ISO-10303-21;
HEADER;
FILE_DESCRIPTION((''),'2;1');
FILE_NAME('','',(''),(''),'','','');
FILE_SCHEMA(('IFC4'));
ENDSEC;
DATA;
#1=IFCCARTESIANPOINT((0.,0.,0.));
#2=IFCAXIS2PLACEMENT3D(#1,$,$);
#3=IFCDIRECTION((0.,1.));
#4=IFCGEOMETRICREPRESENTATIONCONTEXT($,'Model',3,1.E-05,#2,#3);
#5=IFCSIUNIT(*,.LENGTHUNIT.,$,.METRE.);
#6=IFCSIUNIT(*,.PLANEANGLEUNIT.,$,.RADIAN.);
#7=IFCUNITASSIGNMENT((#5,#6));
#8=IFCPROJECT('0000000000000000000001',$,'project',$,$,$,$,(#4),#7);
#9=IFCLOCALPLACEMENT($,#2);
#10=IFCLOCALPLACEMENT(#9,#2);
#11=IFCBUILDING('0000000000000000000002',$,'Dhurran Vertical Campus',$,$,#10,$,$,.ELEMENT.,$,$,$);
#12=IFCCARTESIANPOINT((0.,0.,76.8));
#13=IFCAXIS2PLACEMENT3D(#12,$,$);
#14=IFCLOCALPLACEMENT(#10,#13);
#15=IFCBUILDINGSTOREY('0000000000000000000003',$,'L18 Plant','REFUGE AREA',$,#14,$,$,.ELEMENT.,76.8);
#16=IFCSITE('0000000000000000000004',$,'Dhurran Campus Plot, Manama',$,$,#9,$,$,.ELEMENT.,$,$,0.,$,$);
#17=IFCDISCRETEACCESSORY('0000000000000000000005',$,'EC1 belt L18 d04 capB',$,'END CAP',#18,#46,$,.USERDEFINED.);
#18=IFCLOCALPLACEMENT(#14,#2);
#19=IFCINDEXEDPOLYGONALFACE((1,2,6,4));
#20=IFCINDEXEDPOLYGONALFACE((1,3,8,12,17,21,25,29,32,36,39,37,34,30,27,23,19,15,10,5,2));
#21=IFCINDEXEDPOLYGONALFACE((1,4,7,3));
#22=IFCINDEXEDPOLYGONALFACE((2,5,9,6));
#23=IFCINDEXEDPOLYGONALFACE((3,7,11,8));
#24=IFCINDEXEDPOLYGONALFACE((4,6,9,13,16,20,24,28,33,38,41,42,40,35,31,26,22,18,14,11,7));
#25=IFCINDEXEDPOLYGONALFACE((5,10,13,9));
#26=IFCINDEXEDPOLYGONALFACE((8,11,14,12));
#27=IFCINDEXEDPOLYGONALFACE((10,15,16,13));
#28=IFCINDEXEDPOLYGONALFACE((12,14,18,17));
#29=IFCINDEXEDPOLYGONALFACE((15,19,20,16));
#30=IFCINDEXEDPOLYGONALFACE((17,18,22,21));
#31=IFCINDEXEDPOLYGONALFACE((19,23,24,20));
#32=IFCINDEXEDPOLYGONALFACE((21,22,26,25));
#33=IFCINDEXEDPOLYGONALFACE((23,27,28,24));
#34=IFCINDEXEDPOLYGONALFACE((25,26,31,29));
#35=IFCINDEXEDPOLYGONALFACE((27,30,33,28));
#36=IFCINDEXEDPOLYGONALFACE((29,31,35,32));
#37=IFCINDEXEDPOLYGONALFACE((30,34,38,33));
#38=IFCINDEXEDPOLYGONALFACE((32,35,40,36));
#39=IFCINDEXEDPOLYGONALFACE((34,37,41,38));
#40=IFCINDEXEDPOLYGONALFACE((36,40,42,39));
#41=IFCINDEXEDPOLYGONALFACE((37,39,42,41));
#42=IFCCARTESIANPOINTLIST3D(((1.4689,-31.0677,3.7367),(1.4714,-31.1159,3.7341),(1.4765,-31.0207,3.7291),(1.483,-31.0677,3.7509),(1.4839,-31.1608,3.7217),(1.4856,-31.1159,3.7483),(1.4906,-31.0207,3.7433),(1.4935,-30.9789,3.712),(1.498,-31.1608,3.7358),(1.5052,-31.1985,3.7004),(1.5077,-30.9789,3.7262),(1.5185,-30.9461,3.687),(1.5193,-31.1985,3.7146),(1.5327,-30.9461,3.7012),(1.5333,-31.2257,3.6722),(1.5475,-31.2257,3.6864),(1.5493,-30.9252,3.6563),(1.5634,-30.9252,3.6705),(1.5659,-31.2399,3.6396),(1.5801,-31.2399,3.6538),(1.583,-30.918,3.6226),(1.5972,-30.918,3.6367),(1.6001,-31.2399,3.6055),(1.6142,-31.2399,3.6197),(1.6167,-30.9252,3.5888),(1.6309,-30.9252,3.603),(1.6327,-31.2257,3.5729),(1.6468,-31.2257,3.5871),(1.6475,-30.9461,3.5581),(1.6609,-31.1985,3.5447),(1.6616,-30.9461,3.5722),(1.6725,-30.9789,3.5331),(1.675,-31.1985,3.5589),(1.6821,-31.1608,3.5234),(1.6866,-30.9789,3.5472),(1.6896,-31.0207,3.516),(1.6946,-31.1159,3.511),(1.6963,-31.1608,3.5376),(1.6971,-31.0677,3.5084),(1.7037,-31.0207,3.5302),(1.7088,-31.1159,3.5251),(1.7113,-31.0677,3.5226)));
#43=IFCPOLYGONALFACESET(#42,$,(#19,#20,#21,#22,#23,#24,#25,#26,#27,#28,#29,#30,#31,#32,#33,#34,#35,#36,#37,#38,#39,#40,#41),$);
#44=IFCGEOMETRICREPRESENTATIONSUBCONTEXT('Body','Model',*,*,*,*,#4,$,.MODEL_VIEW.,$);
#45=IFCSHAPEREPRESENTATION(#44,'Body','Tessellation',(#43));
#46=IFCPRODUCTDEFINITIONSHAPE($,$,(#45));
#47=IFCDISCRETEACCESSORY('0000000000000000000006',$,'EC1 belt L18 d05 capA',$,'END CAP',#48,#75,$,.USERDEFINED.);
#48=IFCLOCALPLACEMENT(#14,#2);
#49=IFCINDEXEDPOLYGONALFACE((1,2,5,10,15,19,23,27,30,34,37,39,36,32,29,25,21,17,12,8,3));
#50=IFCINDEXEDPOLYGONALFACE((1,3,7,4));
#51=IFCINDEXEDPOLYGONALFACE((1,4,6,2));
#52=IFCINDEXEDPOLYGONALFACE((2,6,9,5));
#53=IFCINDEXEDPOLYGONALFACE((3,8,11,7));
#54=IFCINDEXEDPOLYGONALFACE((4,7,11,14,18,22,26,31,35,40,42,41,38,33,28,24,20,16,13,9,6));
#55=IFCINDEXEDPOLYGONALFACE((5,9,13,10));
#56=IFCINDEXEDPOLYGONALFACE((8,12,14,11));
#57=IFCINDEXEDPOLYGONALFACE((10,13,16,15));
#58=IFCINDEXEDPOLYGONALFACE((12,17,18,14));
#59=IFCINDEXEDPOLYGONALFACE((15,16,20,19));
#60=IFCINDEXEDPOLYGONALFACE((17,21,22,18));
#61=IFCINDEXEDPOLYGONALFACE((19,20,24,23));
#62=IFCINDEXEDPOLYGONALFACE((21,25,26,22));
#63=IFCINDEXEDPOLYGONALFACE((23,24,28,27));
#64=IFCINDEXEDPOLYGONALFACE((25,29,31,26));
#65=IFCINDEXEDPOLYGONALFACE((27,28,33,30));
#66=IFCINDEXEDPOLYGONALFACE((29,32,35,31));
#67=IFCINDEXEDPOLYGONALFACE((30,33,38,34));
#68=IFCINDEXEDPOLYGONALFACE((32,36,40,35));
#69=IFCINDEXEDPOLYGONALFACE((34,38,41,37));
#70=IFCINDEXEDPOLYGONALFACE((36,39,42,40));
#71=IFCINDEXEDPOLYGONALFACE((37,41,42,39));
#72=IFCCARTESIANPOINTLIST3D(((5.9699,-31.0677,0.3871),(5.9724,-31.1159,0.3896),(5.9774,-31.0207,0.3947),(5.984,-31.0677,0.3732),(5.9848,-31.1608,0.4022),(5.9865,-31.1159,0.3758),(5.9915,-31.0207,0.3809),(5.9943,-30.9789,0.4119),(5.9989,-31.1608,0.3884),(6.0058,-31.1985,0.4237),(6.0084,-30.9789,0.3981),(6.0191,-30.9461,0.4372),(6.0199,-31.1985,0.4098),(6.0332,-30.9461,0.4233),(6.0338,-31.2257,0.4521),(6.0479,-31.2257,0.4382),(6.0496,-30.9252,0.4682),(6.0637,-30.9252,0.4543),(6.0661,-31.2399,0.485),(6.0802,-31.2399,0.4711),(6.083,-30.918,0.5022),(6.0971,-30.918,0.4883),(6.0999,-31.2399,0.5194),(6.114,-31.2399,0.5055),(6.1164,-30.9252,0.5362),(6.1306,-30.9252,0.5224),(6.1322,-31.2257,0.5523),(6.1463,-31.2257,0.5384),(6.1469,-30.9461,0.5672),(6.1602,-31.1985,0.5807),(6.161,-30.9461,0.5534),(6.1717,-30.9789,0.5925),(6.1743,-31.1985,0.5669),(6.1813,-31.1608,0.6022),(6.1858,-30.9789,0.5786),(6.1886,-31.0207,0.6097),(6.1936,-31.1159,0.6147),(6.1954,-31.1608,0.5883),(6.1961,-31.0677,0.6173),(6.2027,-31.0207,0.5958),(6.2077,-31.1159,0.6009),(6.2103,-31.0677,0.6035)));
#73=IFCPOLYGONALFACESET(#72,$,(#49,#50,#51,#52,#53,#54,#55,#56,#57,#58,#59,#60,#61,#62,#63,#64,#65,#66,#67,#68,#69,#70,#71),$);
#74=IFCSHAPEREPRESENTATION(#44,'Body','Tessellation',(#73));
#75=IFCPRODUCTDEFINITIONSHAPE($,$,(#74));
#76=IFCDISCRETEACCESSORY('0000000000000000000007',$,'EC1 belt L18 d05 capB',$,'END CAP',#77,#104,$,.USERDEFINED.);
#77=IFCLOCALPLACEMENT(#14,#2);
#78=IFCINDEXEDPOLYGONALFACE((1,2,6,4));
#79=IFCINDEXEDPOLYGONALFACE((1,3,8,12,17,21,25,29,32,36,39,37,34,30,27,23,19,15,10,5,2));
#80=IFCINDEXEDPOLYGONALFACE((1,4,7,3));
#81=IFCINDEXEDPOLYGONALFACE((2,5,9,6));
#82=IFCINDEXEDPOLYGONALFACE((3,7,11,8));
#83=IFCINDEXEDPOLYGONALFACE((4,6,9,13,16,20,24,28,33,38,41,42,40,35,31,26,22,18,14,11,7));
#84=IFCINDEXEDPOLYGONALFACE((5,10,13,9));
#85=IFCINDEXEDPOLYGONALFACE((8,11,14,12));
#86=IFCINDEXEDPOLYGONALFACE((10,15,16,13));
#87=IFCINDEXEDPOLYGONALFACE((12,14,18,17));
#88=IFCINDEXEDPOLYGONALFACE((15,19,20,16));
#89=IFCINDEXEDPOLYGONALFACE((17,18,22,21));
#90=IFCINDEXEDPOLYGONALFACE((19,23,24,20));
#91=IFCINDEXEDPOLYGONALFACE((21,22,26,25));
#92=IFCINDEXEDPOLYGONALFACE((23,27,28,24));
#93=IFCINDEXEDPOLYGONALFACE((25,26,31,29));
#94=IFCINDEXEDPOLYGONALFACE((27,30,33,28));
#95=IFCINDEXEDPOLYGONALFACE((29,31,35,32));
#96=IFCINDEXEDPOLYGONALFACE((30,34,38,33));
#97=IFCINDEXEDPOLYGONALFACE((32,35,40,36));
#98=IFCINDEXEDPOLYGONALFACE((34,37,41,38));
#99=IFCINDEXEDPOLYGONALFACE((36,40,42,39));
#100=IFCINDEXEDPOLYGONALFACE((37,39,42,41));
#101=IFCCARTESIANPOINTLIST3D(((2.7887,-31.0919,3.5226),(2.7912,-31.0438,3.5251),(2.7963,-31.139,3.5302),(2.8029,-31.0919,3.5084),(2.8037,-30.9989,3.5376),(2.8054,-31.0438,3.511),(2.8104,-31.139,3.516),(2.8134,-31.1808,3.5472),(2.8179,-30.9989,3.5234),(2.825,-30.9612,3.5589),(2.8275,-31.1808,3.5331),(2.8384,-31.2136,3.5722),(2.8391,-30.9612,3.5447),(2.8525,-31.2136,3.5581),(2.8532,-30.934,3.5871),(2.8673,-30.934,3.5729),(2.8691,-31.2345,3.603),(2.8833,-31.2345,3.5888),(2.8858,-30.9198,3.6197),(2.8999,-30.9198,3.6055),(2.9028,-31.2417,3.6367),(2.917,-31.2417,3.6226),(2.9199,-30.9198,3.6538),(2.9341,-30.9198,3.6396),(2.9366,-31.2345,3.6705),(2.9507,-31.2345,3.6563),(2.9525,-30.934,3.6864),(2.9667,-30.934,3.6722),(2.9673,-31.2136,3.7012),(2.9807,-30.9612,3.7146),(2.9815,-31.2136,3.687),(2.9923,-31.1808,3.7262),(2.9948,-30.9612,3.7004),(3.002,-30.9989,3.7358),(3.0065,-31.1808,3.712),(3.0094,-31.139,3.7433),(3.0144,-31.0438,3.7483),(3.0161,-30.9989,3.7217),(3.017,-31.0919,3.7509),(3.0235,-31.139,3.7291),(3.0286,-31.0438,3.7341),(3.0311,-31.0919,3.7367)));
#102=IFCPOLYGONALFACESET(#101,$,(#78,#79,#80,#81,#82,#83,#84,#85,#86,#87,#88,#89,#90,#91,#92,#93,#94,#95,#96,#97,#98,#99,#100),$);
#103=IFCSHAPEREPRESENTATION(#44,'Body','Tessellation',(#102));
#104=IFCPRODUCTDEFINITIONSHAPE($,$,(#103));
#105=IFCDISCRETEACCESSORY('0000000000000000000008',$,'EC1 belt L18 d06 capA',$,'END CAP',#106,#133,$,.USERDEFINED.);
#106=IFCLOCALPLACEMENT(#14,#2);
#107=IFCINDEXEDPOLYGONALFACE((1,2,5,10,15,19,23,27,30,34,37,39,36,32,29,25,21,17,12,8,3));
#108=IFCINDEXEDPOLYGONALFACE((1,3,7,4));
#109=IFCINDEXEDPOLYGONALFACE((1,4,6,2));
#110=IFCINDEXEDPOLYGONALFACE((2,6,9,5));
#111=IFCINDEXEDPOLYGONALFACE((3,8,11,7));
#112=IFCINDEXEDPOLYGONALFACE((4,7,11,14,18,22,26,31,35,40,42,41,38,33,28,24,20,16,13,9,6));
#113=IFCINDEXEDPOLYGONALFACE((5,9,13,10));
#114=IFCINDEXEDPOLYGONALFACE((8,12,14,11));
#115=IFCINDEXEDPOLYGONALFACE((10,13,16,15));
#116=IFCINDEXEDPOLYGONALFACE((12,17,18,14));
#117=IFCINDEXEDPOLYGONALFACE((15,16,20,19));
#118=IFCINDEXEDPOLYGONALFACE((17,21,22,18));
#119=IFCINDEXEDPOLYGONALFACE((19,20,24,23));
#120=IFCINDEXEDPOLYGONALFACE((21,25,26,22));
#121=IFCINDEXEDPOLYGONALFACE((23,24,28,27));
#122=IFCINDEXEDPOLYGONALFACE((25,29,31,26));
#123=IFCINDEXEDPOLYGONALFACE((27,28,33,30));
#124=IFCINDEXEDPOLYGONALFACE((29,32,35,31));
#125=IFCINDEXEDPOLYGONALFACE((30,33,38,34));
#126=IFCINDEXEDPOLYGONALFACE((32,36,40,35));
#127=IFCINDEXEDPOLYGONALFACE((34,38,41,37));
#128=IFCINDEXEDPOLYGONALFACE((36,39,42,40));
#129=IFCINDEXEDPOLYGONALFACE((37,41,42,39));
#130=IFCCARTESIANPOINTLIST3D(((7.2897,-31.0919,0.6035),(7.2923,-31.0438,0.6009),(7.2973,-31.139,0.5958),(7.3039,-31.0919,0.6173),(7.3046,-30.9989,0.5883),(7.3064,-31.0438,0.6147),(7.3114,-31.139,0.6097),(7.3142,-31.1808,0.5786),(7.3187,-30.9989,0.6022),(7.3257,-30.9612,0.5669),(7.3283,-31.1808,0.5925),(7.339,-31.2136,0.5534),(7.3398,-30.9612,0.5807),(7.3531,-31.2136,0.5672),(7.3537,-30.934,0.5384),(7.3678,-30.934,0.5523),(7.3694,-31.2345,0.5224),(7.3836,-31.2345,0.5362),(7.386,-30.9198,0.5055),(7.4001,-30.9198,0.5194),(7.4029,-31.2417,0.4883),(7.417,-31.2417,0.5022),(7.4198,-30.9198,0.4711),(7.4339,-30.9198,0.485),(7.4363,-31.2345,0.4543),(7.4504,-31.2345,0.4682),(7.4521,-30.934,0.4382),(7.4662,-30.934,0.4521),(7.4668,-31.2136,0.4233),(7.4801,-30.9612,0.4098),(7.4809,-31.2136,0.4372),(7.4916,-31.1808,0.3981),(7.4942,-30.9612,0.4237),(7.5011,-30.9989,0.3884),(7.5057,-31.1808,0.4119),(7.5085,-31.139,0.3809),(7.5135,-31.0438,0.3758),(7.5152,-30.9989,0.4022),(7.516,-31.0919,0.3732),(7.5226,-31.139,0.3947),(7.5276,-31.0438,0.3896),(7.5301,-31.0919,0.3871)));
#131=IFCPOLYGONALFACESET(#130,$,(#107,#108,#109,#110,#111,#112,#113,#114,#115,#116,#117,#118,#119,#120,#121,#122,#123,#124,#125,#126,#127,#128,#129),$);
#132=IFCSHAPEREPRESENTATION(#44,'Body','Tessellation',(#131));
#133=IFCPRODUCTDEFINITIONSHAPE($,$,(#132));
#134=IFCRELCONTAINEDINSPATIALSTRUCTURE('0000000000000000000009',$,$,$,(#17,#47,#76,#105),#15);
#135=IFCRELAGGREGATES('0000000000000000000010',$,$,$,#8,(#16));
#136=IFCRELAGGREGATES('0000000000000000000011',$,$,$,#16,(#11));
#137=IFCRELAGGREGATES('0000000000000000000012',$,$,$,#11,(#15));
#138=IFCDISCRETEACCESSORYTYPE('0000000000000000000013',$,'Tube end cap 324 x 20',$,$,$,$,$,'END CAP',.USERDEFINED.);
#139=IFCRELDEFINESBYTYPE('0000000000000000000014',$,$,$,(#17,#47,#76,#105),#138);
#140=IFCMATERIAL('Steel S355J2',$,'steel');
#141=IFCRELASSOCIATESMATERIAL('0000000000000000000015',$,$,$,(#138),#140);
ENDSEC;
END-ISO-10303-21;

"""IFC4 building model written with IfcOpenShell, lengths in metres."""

from ifc_helpers import new_model, si_unit, direction, frame, origin, origin_2d, place, context, subcontext, project, spatial, circle, extrude, material, material_profile, profile_set, type_object, element, save


model = new_model("IFC4")

# Units and contexts
model_context = context("Model", 3, precision=1e-05, world=origin(), true_north=direction((0.0, 1.0)))
body_context = subcontext(model_context, "Body", "Model", "MODEL_VIEW")
ifc_project = project(units=[si_unit("LENGTHUNIT", "METRE"), si_unit("PLANEANGLEUNIT", "RADIAN")], contexts=[model_context])

# Site, building, storey
site_placement = place(None, origin())
site = spatial("IfcSite", under=ifc_project, at=site_placement, Name="Dhurran Campus Plot, Manama", CompositionType="ELEMENT", RefElevation=0.0)
building_placement = place(site_placement, origin())
building = spatial("IfcBuilding", under=site, at=building_placement, Name="Dhurran Vertical Campus", CompositionType="ELEMENT")
storey_placement = place(building_placement, frame((0.0, 0.0, 76.8)))
storey = spatial("IfcBuildingStorey", under=building, at=storey_placement, Name="L18 Plant", Description="REFUGE AREA", CompositionType="ELEMENT", Elevation=76.8)

# Discrete accessories
ifc_material_1 = material(Name="Steel S355J2", Category="steel")
ifc_material_profile_1 = material_profile(ifc_material_1, circle(Radius=0.1619, at=origin_2d()), Name="Tube end cap 324 x 20")
ifc_profile_set_1 = profile_set([ifc_material_profile_1], Name="Steel S355J2")
discrete_accessory_type = type_object("IfcDiscreteAccessoryType", Name="Tube end cap 324 x 20", ElementType="END CAP", PredefinedType="USERDEFINED", material=ifc_profile_set_1)
discrete_accessory_1_placement = place(storey_placement, frame((1.583, -31.0798, 3.6226), z_axis=(0.707107, 0.0, 0.707107), x_axis=(0.0, 1.0, 0.0)))
element("IfcDiscreteAccessory", 1, at=discrete_accessory_1_placement, inside=storey, type_object=discrete_accessory_type, Name="EC1 belt L18 d04 capB", ObjectType="END CAP", PredefinedType="USERDEFINED", context=body_context, shape_type="SweptSolid", body=[
    extrude(circle(Radius=0.1619, at=origin_2d()), origin(), (0.0, 0.0, 1.0), 0.02),
])
discrete_accessory_2_placement = place(storey_placement, frame((6.083, -31.0798, 0.5022), z_axis=(0.713229, 0.0, -0.700932), x_axis=(0.0, 1.0, 0.0)))
element("IfcDiscreteAccessory", 2, at=discrete_accessory_2_placement, inside=storey, type_object=discrete_accessory_type, Name="EC1 belt L18 d05 capA", ObjectType="END CAP", PredefinedType="USERDEFINED", context=body_context, shape_type="SweptSolid", body=[
    extrude(circle(Radius=0.1619, at=origin_2d()), origin(), (0.0, 0.0, 1.0), 0.0198),
])
discrete_accessory_3_placement = place(storey_placement, frame((2.917, -31.0798, 3.6226), z_axis=(-0.707107, 0.0, 0.707107), x_axis=(0.0, -1.0, 0.0)))
element("IfcDiscreteAccessory", 3, at=discrete_accessory_3_placement, inside=storey, type_object=discrete_accessory_type, Name="EC1 belt L18 d05 capB", ObjectType="END CAP", PredefinedType="USERDEFINED", context=body_context, shape_type="SweptSolid", body=[
    extrude(circle(Radius=0.1619, at=origin_2d()), origin(), (0.0, 0.0, 1.0), 0.02),
])
discrete_accessory_4_placement = place(storey_placement, frame((7.417, -31.0798, 0.5022), z_axis=(-0.713229, 0.0, -0.700932), x_axis=(0.0, -1.0, 0.0)))
element("IfcDiscreteAccessory", 4, at=discrete_accessory_4_placement, inside=storey, type_object=discrete_accessory_type, Name="EC1 belt L18 d06 capA", ObjectType="END CAP", PredefinedType="USERDEFINED", context=body_context, shape_type="SweptSolid", body=[
    extrude(circle(Radius=0.1619, at=origin_2d()), origin(), (0.0, 0.0, 1.0), 0.0198),
])

save(model, "model.ifc")
